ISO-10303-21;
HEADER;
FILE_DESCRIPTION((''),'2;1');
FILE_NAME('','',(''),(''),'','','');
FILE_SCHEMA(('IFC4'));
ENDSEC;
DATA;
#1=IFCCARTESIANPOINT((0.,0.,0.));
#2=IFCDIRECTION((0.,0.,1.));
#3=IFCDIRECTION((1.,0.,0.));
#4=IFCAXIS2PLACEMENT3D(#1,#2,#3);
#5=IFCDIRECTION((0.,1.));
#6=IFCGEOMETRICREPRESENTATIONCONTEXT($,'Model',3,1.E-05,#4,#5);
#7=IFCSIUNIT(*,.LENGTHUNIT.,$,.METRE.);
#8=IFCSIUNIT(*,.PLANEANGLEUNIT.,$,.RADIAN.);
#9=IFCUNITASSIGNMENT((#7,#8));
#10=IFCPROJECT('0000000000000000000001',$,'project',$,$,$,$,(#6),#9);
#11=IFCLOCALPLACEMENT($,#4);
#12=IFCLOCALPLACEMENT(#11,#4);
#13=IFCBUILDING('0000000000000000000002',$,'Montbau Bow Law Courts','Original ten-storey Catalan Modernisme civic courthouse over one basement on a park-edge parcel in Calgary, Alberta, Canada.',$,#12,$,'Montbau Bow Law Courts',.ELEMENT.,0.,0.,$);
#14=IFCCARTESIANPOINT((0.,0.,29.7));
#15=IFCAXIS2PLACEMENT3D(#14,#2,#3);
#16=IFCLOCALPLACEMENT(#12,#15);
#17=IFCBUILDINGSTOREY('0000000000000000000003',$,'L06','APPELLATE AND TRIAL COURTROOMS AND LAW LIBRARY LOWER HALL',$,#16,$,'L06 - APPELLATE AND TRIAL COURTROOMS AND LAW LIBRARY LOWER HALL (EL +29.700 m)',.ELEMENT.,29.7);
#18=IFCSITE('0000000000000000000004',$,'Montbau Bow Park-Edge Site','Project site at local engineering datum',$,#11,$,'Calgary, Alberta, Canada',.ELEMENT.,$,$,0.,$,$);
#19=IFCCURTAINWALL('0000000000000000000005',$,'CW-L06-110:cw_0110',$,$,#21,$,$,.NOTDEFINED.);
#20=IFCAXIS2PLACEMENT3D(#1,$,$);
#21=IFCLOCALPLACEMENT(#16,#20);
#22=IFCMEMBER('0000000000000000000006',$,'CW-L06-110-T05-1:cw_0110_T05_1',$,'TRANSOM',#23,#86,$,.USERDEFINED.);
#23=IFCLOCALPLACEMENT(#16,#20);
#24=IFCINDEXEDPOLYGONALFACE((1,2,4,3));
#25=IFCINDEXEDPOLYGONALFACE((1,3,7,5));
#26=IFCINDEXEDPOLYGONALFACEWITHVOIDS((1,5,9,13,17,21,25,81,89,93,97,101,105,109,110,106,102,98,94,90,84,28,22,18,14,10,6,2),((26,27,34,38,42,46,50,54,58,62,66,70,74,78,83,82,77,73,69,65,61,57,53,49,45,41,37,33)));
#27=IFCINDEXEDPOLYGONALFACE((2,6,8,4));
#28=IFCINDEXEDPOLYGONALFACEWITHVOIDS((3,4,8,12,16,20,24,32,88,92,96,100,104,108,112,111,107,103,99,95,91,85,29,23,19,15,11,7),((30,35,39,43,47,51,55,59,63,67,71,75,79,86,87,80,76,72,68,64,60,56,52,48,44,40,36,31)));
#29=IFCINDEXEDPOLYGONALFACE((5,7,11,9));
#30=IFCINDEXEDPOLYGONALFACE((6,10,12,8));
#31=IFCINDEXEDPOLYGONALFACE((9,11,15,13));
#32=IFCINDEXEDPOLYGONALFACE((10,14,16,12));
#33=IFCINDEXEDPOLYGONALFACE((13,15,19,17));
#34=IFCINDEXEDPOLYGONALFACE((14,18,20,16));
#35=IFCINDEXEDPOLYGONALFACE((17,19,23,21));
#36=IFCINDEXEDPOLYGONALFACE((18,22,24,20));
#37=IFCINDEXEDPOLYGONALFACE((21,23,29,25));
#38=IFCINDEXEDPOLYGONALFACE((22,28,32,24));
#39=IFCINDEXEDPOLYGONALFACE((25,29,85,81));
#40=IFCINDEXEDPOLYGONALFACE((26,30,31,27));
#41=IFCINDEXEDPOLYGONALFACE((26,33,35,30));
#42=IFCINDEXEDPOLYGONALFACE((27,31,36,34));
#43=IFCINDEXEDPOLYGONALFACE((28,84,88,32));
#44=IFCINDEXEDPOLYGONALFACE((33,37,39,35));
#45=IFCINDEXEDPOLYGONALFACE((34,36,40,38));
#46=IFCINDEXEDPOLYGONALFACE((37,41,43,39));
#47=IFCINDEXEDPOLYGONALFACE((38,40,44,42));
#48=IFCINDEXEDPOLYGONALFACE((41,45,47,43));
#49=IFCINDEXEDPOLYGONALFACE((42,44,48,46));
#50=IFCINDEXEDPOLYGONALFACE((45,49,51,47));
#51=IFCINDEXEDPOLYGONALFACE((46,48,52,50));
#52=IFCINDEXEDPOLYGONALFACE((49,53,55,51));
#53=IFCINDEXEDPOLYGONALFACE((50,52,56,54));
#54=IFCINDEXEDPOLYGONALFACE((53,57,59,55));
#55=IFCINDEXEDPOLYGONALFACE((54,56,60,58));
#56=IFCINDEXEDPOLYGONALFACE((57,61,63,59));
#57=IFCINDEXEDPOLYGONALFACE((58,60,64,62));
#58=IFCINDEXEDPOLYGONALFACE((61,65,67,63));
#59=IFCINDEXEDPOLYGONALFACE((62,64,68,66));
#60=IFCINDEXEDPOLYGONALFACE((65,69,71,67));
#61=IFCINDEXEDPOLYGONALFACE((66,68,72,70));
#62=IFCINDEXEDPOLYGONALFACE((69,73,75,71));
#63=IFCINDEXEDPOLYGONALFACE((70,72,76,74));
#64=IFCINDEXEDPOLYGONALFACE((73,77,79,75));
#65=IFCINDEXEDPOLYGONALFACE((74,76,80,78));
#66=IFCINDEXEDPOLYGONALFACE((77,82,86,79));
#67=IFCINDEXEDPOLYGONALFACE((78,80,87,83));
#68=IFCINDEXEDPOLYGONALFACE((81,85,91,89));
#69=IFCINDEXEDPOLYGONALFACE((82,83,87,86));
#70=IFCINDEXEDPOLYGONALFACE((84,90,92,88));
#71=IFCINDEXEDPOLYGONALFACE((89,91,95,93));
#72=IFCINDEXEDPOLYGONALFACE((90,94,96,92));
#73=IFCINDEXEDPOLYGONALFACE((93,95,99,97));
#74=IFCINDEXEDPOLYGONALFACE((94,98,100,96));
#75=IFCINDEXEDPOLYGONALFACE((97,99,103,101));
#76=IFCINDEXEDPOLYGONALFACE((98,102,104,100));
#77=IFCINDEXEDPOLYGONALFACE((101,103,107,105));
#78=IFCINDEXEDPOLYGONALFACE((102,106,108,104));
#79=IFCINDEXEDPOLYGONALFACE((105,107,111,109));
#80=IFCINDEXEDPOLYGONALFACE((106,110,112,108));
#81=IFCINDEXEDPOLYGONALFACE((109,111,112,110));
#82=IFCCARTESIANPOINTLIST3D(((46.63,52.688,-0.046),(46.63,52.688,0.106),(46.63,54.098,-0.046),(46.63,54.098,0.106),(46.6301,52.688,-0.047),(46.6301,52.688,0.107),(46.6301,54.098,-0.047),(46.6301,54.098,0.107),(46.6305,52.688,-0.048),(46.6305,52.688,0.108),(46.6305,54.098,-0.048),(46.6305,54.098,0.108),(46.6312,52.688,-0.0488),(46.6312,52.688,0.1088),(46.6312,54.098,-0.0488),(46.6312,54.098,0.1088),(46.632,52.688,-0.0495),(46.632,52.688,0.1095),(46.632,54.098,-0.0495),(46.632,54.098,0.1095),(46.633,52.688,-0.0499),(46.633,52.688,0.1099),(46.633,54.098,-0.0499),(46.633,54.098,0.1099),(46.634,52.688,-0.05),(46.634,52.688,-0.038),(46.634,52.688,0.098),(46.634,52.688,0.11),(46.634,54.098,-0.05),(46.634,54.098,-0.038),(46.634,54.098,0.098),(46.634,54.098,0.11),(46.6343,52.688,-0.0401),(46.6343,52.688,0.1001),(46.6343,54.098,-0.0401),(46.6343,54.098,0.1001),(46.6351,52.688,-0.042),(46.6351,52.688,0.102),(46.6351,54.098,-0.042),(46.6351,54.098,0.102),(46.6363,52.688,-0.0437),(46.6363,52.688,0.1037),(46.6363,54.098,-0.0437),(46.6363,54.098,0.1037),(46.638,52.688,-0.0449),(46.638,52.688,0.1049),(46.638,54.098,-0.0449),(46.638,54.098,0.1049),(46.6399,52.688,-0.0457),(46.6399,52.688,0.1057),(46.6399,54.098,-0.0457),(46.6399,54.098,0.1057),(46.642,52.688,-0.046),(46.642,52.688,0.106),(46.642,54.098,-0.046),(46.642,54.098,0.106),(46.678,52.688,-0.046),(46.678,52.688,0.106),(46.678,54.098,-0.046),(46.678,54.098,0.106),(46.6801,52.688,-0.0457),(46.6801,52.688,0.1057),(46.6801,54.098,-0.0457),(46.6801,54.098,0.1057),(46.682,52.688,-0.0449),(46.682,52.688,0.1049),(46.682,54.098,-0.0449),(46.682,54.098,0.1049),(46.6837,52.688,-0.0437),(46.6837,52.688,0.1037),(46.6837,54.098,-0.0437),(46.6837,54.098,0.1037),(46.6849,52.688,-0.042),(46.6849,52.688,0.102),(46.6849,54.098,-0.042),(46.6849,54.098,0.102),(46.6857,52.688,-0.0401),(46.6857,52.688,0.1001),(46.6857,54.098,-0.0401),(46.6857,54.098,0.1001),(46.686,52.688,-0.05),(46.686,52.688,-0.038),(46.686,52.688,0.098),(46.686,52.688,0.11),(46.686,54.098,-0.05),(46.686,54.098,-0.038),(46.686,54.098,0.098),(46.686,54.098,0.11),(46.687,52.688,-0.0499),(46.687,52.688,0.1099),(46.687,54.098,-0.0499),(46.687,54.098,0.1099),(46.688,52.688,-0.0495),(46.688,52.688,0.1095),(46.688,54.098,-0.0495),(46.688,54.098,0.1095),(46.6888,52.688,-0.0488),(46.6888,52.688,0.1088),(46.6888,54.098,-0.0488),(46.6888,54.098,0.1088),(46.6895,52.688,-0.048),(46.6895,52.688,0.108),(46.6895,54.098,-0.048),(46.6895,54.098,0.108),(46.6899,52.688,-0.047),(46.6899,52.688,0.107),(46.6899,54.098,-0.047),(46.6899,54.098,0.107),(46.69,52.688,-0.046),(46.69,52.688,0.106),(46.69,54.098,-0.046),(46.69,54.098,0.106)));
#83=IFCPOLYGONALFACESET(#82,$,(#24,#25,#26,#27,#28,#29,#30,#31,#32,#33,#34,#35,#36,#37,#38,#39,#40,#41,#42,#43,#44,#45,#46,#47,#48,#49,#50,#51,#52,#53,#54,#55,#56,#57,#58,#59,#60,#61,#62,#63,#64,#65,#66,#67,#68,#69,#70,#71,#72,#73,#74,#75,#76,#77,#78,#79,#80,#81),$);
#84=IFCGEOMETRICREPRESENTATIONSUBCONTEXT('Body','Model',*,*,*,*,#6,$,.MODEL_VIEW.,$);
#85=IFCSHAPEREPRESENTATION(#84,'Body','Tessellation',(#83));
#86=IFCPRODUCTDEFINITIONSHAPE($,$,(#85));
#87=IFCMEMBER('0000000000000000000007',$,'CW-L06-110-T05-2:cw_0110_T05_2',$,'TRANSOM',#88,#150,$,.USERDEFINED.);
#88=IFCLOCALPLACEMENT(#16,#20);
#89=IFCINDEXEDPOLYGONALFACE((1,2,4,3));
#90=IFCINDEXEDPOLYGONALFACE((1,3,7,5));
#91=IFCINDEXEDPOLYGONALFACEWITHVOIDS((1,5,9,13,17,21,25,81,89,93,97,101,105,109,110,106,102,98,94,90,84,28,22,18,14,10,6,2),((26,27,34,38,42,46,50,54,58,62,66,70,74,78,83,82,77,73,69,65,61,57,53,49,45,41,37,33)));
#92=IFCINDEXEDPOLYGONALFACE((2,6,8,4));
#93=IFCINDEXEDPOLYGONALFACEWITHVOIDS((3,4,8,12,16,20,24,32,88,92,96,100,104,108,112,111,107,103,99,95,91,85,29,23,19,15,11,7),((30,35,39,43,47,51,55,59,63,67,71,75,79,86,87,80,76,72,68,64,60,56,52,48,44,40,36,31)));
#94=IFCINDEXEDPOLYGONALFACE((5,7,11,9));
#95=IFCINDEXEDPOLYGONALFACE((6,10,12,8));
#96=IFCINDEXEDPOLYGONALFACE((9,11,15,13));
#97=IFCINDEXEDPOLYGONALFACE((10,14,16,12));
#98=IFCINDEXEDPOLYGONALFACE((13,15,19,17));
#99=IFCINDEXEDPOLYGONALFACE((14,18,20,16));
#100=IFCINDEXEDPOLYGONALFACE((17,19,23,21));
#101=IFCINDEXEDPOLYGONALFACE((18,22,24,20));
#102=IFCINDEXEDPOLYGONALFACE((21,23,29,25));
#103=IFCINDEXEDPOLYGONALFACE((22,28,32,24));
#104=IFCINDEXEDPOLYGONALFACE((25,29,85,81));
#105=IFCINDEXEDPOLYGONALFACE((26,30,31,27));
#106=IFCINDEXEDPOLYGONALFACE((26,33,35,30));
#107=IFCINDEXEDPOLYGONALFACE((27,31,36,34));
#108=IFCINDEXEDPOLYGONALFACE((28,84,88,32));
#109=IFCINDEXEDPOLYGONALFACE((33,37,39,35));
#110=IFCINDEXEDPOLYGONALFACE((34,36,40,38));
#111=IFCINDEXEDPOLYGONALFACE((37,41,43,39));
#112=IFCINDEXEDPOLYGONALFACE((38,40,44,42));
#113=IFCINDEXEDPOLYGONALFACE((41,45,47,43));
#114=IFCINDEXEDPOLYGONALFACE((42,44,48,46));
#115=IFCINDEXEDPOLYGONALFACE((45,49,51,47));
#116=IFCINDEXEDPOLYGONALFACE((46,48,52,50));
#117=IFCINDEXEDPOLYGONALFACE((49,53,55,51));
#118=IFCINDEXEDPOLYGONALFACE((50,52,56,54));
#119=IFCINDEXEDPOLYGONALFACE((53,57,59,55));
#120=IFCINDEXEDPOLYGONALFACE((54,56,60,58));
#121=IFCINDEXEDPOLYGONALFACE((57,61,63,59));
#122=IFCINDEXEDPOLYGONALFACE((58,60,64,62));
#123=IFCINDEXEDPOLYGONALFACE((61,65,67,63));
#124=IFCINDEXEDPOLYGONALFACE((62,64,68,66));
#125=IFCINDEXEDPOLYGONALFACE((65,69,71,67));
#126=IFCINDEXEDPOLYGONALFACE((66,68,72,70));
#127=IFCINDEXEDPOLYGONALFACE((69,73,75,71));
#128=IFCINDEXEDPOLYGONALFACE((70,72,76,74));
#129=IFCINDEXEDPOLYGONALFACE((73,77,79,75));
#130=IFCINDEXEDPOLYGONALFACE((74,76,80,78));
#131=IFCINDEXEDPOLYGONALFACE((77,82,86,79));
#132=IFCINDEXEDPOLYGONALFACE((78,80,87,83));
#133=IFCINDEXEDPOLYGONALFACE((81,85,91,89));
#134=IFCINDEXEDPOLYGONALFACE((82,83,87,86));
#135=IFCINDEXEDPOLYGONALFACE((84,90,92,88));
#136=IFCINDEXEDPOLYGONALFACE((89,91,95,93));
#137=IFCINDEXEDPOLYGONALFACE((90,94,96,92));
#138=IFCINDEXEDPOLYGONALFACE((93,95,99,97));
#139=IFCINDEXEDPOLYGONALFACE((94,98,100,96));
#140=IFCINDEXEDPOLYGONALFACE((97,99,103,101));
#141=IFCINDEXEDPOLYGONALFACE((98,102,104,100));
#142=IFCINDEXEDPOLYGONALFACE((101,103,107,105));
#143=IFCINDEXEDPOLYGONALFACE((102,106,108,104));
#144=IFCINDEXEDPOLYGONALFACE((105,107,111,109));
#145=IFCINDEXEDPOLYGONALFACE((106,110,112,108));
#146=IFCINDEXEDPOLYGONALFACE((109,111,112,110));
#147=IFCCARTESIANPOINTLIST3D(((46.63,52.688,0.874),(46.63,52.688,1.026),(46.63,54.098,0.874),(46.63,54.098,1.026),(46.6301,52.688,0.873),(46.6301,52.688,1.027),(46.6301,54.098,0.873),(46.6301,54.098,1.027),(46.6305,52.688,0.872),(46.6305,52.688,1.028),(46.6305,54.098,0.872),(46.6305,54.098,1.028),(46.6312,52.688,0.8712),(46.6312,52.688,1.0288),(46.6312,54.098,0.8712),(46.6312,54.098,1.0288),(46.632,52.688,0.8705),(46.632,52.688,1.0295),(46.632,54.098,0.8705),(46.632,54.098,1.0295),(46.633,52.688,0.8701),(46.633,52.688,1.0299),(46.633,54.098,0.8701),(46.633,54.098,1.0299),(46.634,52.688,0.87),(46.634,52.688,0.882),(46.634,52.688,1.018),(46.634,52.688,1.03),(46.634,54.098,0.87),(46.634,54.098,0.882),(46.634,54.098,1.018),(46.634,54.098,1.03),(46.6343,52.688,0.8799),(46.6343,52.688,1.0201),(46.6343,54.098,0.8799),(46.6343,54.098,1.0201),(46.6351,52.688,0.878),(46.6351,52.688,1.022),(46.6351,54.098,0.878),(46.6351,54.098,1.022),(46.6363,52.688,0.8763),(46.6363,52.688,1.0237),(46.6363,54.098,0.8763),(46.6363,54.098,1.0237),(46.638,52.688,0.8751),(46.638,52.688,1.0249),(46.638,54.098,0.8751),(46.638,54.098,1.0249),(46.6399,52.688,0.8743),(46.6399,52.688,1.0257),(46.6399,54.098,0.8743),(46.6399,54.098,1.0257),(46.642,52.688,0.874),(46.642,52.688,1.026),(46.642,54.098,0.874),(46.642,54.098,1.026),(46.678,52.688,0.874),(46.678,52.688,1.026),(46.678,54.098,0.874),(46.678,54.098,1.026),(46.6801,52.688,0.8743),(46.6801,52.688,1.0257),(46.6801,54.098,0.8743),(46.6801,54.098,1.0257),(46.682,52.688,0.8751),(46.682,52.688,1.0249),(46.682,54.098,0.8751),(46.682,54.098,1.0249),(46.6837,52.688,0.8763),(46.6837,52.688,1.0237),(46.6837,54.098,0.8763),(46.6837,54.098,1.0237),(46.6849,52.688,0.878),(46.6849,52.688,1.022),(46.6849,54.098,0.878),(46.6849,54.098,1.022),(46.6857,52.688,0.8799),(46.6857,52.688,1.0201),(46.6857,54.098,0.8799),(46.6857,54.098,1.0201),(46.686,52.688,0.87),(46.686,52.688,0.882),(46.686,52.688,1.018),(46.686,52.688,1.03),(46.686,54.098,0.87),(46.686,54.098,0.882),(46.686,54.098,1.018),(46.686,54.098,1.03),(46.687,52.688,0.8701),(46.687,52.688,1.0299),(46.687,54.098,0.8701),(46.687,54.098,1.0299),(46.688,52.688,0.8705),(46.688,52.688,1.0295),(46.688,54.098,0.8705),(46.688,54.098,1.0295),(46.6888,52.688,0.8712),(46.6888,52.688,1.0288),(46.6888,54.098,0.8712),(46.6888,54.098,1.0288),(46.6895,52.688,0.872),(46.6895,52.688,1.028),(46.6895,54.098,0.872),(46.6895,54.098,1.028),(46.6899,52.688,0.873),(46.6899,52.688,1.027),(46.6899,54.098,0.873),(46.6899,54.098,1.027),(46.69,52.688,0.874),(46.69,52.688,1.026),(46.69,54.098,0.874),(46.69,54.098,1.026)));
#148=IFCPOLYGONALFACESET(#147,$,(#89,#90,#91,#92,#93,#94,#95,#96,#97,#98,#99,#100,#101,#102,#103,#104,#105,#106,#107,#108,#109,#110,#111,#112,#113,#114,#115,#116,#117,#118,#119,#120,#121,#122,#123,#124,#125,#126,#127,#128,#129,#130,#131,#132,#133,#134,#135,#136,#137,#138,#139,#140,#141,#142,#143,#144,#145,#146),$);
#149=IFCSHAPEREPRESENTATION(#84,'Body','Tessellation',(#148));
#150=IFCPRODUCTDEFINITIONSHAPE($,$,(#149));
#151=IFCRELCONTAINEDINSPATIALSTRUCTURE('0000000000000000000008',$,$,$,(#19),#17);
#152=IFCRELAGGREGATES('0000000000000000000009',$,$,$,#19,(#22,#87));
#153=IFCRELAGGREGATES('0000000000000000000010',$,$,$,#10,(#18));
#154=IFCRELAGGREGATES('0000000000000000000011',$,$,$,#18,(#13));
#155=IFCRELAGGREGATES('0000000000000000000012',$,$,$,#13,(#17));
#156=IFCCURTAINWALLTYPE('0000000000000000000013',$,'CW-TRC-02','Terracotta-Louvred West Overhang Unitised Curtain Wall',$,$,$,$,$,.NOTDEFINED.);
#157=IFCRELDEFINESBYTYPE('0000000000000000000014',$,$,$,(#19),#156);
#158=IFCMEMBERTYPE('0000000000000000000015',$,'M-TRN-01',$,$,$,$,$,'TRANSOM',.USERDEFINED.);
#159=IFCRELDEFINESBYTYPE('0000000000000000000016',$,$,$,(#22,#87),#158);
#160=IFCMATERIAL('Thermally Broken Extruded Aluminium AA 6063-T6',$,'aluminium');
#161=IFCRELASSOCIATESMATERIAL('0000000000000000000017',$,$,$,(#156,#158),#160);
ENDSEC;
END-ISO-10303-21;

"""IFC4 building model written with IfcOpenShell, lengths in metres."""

from ifc_helpers import new_model, si_unit, direction, frame, origin_with_axes, origin_2d_with_axis, place, context, subcontext, project, spatial, hollow_rectangle, extrude, material, material_profile, profile_set, type_object, element, aggregate, save


model = new_model("IFC4")

# Units and contexts
model_context = context("Model", 3, precision=1e-05, world=origin_with_axes(), true_north=direction((0.0, 1.0)))
body_context = subcontext(model_context, "Body", "Model", "MODEL_VIEW")
ifc_project = project(units=[si_unit("LENGTHUNIT", "METRE"), si_unit("PLANEANGLEUNIT", "RADIAN")], contexts=[model_context])

# Site, building, storey
site_placement = place(None, origin_with_axes())
site = spatial("IfcSite", under=ifc_project, at=site_placement, Name="Montbau Bow Park-Edge Site", Description="Project site at local engineering datum", LongName="Calgary, Alberta, Canada", CompositionType="ELEMENT", RefElevation=0.0)
building_placement = place(site_placement, origin_with_axes())
building = spatial("IfcBuilding", under=site, at=building_placement, Name="Montbau Bow Law Courts", Description="Original ten-storey Catalan Modernisme civic courthouse over one basement on a park-edge parcel in Calgary, Alberta, Canada.", LongName="Montbau Bow Law Courts", CompositionType="ELEMENT", ElevationOfRefHeight=0.0, ElevationOfTerrain=0.0)
storey_placement = place(building_placement, frame((0.0, 0.0, 29.7), z_axis=(0.0, 0.0, 1.0), x_axis=(1.0, 0.0, 0.0)))
storey = spatial("IfcBuildingStorey", under=building, at=storey_placement, Name="L06", Description="APPELLATE AND TRIAL COURTROOMS AND LAW LIBRARY LOWER HALL", LongName="L06 - APPELLATE AND TRIAL COURTROOMS AND LAW LIBRARY LOWER HALL (EL +29.700 m)", CompositionType="ELEMENT", Elevation=29.7)

# Curtain wall, members
ifc_material_1 = material(Name="Thermally Broken Extruded Aluminium AA 6063-T6", Category="aluminium")
curtain_wall_type = type_object("IfcCurtainWallType", Name="CW-TRC-02", Description="Terracotta-Louvred West Overhang Unitised Curtain Wall", PredefinedType="NOTDEFINED", material=ifc_material_1)
curtain_wall_placement = place(None, frame((46.66, 46.64, 29.7), z_axis=(0.0, 0.0, 1.0), x_axis=(1.0, 0.0, 0.0)))
curtain_wall = element("IfcCurtainWall", 1, at=curtain_wall_placement, inside=storey, type_object=curtain_wall_type, Name="CW-L06-110:cw_0110", PredefinedType="NOTDEFINED")
ifc_material_profile_1 = material_profile(ifc_material_1, hollow_rectangle(XDim=0.06, YDim=0.16, WallThickness=0.004, InnerFilletRadius=0.008, OuterFilletRadius=0.004, at=origin_2d_with_axis()), Name="CWT-160X60", Category="Main", Priority=0)
ifc_profile_set_1 = profile_set([ifc_material_profile_1], Name="Thermally Broken Extruded Aluminium AA 6063-T6")
member_type_1 = type_object("IfcMemberType", Name="M-TRN-01", ElementType="TRANSOM", PredefinedType="USERDEFINED", material=ifc_profile_set_1)
member_1_placement = place(None, frame((46.66, 52.688, 29.73), z_axis=(0.0, 1.0, 0.0), x_axis=(-1.0, 0.0, 0.0)))
member_1 = element("IfcMember", 2, at=member_1_placement, type_object=member_type_1, Name="CW-L06-110-T05-1:cw_0110_T05_1", ObjectType="TRANSOM", PredefinedType="USERDEFINED", context=body_context, shape_type="SweptSolid", body=[
    extrude(hollow_rectangle(XDim=0.06, YDim=0.16, WallThickness=0.004, InnerFilletRadius=0.008, OuterFilletRadius=0.004, at=origin_2d_with_axis()), origin_with_axes(), (0.0, 0.0, 1.0), 1.41),
])
member_2_placement = place(None, frame((46.66, 52.688, 30.65), z_axis=(0.0, 1.0, 0.0), x_axis=(-1.0, 0.0, 0.0)))
member_2 = element("IfcMember", 3, at=member_2_placement, type_object=member_type_1, Name="CW-L06-110-T05-2:cw_0110_T05_2", ObjectType="TRANSOM", PredefinedType="USERDEFINED", context=body_context, shape_type="SweptSolid", body=[
    extrude(hollow_rectangle(XDim=0.06, YDim=0.16, WallThickness=0.004, InnerFilletRadius=0.008, OuterFilletRadius=0.004, at=origin_2d_with_axis()), origin_with_axes(), (0.0, 0.0, 1.0), 1.41),
])
aggregate(curtain_wall, [member_1, member_2])

save(model, "model.ifc")
